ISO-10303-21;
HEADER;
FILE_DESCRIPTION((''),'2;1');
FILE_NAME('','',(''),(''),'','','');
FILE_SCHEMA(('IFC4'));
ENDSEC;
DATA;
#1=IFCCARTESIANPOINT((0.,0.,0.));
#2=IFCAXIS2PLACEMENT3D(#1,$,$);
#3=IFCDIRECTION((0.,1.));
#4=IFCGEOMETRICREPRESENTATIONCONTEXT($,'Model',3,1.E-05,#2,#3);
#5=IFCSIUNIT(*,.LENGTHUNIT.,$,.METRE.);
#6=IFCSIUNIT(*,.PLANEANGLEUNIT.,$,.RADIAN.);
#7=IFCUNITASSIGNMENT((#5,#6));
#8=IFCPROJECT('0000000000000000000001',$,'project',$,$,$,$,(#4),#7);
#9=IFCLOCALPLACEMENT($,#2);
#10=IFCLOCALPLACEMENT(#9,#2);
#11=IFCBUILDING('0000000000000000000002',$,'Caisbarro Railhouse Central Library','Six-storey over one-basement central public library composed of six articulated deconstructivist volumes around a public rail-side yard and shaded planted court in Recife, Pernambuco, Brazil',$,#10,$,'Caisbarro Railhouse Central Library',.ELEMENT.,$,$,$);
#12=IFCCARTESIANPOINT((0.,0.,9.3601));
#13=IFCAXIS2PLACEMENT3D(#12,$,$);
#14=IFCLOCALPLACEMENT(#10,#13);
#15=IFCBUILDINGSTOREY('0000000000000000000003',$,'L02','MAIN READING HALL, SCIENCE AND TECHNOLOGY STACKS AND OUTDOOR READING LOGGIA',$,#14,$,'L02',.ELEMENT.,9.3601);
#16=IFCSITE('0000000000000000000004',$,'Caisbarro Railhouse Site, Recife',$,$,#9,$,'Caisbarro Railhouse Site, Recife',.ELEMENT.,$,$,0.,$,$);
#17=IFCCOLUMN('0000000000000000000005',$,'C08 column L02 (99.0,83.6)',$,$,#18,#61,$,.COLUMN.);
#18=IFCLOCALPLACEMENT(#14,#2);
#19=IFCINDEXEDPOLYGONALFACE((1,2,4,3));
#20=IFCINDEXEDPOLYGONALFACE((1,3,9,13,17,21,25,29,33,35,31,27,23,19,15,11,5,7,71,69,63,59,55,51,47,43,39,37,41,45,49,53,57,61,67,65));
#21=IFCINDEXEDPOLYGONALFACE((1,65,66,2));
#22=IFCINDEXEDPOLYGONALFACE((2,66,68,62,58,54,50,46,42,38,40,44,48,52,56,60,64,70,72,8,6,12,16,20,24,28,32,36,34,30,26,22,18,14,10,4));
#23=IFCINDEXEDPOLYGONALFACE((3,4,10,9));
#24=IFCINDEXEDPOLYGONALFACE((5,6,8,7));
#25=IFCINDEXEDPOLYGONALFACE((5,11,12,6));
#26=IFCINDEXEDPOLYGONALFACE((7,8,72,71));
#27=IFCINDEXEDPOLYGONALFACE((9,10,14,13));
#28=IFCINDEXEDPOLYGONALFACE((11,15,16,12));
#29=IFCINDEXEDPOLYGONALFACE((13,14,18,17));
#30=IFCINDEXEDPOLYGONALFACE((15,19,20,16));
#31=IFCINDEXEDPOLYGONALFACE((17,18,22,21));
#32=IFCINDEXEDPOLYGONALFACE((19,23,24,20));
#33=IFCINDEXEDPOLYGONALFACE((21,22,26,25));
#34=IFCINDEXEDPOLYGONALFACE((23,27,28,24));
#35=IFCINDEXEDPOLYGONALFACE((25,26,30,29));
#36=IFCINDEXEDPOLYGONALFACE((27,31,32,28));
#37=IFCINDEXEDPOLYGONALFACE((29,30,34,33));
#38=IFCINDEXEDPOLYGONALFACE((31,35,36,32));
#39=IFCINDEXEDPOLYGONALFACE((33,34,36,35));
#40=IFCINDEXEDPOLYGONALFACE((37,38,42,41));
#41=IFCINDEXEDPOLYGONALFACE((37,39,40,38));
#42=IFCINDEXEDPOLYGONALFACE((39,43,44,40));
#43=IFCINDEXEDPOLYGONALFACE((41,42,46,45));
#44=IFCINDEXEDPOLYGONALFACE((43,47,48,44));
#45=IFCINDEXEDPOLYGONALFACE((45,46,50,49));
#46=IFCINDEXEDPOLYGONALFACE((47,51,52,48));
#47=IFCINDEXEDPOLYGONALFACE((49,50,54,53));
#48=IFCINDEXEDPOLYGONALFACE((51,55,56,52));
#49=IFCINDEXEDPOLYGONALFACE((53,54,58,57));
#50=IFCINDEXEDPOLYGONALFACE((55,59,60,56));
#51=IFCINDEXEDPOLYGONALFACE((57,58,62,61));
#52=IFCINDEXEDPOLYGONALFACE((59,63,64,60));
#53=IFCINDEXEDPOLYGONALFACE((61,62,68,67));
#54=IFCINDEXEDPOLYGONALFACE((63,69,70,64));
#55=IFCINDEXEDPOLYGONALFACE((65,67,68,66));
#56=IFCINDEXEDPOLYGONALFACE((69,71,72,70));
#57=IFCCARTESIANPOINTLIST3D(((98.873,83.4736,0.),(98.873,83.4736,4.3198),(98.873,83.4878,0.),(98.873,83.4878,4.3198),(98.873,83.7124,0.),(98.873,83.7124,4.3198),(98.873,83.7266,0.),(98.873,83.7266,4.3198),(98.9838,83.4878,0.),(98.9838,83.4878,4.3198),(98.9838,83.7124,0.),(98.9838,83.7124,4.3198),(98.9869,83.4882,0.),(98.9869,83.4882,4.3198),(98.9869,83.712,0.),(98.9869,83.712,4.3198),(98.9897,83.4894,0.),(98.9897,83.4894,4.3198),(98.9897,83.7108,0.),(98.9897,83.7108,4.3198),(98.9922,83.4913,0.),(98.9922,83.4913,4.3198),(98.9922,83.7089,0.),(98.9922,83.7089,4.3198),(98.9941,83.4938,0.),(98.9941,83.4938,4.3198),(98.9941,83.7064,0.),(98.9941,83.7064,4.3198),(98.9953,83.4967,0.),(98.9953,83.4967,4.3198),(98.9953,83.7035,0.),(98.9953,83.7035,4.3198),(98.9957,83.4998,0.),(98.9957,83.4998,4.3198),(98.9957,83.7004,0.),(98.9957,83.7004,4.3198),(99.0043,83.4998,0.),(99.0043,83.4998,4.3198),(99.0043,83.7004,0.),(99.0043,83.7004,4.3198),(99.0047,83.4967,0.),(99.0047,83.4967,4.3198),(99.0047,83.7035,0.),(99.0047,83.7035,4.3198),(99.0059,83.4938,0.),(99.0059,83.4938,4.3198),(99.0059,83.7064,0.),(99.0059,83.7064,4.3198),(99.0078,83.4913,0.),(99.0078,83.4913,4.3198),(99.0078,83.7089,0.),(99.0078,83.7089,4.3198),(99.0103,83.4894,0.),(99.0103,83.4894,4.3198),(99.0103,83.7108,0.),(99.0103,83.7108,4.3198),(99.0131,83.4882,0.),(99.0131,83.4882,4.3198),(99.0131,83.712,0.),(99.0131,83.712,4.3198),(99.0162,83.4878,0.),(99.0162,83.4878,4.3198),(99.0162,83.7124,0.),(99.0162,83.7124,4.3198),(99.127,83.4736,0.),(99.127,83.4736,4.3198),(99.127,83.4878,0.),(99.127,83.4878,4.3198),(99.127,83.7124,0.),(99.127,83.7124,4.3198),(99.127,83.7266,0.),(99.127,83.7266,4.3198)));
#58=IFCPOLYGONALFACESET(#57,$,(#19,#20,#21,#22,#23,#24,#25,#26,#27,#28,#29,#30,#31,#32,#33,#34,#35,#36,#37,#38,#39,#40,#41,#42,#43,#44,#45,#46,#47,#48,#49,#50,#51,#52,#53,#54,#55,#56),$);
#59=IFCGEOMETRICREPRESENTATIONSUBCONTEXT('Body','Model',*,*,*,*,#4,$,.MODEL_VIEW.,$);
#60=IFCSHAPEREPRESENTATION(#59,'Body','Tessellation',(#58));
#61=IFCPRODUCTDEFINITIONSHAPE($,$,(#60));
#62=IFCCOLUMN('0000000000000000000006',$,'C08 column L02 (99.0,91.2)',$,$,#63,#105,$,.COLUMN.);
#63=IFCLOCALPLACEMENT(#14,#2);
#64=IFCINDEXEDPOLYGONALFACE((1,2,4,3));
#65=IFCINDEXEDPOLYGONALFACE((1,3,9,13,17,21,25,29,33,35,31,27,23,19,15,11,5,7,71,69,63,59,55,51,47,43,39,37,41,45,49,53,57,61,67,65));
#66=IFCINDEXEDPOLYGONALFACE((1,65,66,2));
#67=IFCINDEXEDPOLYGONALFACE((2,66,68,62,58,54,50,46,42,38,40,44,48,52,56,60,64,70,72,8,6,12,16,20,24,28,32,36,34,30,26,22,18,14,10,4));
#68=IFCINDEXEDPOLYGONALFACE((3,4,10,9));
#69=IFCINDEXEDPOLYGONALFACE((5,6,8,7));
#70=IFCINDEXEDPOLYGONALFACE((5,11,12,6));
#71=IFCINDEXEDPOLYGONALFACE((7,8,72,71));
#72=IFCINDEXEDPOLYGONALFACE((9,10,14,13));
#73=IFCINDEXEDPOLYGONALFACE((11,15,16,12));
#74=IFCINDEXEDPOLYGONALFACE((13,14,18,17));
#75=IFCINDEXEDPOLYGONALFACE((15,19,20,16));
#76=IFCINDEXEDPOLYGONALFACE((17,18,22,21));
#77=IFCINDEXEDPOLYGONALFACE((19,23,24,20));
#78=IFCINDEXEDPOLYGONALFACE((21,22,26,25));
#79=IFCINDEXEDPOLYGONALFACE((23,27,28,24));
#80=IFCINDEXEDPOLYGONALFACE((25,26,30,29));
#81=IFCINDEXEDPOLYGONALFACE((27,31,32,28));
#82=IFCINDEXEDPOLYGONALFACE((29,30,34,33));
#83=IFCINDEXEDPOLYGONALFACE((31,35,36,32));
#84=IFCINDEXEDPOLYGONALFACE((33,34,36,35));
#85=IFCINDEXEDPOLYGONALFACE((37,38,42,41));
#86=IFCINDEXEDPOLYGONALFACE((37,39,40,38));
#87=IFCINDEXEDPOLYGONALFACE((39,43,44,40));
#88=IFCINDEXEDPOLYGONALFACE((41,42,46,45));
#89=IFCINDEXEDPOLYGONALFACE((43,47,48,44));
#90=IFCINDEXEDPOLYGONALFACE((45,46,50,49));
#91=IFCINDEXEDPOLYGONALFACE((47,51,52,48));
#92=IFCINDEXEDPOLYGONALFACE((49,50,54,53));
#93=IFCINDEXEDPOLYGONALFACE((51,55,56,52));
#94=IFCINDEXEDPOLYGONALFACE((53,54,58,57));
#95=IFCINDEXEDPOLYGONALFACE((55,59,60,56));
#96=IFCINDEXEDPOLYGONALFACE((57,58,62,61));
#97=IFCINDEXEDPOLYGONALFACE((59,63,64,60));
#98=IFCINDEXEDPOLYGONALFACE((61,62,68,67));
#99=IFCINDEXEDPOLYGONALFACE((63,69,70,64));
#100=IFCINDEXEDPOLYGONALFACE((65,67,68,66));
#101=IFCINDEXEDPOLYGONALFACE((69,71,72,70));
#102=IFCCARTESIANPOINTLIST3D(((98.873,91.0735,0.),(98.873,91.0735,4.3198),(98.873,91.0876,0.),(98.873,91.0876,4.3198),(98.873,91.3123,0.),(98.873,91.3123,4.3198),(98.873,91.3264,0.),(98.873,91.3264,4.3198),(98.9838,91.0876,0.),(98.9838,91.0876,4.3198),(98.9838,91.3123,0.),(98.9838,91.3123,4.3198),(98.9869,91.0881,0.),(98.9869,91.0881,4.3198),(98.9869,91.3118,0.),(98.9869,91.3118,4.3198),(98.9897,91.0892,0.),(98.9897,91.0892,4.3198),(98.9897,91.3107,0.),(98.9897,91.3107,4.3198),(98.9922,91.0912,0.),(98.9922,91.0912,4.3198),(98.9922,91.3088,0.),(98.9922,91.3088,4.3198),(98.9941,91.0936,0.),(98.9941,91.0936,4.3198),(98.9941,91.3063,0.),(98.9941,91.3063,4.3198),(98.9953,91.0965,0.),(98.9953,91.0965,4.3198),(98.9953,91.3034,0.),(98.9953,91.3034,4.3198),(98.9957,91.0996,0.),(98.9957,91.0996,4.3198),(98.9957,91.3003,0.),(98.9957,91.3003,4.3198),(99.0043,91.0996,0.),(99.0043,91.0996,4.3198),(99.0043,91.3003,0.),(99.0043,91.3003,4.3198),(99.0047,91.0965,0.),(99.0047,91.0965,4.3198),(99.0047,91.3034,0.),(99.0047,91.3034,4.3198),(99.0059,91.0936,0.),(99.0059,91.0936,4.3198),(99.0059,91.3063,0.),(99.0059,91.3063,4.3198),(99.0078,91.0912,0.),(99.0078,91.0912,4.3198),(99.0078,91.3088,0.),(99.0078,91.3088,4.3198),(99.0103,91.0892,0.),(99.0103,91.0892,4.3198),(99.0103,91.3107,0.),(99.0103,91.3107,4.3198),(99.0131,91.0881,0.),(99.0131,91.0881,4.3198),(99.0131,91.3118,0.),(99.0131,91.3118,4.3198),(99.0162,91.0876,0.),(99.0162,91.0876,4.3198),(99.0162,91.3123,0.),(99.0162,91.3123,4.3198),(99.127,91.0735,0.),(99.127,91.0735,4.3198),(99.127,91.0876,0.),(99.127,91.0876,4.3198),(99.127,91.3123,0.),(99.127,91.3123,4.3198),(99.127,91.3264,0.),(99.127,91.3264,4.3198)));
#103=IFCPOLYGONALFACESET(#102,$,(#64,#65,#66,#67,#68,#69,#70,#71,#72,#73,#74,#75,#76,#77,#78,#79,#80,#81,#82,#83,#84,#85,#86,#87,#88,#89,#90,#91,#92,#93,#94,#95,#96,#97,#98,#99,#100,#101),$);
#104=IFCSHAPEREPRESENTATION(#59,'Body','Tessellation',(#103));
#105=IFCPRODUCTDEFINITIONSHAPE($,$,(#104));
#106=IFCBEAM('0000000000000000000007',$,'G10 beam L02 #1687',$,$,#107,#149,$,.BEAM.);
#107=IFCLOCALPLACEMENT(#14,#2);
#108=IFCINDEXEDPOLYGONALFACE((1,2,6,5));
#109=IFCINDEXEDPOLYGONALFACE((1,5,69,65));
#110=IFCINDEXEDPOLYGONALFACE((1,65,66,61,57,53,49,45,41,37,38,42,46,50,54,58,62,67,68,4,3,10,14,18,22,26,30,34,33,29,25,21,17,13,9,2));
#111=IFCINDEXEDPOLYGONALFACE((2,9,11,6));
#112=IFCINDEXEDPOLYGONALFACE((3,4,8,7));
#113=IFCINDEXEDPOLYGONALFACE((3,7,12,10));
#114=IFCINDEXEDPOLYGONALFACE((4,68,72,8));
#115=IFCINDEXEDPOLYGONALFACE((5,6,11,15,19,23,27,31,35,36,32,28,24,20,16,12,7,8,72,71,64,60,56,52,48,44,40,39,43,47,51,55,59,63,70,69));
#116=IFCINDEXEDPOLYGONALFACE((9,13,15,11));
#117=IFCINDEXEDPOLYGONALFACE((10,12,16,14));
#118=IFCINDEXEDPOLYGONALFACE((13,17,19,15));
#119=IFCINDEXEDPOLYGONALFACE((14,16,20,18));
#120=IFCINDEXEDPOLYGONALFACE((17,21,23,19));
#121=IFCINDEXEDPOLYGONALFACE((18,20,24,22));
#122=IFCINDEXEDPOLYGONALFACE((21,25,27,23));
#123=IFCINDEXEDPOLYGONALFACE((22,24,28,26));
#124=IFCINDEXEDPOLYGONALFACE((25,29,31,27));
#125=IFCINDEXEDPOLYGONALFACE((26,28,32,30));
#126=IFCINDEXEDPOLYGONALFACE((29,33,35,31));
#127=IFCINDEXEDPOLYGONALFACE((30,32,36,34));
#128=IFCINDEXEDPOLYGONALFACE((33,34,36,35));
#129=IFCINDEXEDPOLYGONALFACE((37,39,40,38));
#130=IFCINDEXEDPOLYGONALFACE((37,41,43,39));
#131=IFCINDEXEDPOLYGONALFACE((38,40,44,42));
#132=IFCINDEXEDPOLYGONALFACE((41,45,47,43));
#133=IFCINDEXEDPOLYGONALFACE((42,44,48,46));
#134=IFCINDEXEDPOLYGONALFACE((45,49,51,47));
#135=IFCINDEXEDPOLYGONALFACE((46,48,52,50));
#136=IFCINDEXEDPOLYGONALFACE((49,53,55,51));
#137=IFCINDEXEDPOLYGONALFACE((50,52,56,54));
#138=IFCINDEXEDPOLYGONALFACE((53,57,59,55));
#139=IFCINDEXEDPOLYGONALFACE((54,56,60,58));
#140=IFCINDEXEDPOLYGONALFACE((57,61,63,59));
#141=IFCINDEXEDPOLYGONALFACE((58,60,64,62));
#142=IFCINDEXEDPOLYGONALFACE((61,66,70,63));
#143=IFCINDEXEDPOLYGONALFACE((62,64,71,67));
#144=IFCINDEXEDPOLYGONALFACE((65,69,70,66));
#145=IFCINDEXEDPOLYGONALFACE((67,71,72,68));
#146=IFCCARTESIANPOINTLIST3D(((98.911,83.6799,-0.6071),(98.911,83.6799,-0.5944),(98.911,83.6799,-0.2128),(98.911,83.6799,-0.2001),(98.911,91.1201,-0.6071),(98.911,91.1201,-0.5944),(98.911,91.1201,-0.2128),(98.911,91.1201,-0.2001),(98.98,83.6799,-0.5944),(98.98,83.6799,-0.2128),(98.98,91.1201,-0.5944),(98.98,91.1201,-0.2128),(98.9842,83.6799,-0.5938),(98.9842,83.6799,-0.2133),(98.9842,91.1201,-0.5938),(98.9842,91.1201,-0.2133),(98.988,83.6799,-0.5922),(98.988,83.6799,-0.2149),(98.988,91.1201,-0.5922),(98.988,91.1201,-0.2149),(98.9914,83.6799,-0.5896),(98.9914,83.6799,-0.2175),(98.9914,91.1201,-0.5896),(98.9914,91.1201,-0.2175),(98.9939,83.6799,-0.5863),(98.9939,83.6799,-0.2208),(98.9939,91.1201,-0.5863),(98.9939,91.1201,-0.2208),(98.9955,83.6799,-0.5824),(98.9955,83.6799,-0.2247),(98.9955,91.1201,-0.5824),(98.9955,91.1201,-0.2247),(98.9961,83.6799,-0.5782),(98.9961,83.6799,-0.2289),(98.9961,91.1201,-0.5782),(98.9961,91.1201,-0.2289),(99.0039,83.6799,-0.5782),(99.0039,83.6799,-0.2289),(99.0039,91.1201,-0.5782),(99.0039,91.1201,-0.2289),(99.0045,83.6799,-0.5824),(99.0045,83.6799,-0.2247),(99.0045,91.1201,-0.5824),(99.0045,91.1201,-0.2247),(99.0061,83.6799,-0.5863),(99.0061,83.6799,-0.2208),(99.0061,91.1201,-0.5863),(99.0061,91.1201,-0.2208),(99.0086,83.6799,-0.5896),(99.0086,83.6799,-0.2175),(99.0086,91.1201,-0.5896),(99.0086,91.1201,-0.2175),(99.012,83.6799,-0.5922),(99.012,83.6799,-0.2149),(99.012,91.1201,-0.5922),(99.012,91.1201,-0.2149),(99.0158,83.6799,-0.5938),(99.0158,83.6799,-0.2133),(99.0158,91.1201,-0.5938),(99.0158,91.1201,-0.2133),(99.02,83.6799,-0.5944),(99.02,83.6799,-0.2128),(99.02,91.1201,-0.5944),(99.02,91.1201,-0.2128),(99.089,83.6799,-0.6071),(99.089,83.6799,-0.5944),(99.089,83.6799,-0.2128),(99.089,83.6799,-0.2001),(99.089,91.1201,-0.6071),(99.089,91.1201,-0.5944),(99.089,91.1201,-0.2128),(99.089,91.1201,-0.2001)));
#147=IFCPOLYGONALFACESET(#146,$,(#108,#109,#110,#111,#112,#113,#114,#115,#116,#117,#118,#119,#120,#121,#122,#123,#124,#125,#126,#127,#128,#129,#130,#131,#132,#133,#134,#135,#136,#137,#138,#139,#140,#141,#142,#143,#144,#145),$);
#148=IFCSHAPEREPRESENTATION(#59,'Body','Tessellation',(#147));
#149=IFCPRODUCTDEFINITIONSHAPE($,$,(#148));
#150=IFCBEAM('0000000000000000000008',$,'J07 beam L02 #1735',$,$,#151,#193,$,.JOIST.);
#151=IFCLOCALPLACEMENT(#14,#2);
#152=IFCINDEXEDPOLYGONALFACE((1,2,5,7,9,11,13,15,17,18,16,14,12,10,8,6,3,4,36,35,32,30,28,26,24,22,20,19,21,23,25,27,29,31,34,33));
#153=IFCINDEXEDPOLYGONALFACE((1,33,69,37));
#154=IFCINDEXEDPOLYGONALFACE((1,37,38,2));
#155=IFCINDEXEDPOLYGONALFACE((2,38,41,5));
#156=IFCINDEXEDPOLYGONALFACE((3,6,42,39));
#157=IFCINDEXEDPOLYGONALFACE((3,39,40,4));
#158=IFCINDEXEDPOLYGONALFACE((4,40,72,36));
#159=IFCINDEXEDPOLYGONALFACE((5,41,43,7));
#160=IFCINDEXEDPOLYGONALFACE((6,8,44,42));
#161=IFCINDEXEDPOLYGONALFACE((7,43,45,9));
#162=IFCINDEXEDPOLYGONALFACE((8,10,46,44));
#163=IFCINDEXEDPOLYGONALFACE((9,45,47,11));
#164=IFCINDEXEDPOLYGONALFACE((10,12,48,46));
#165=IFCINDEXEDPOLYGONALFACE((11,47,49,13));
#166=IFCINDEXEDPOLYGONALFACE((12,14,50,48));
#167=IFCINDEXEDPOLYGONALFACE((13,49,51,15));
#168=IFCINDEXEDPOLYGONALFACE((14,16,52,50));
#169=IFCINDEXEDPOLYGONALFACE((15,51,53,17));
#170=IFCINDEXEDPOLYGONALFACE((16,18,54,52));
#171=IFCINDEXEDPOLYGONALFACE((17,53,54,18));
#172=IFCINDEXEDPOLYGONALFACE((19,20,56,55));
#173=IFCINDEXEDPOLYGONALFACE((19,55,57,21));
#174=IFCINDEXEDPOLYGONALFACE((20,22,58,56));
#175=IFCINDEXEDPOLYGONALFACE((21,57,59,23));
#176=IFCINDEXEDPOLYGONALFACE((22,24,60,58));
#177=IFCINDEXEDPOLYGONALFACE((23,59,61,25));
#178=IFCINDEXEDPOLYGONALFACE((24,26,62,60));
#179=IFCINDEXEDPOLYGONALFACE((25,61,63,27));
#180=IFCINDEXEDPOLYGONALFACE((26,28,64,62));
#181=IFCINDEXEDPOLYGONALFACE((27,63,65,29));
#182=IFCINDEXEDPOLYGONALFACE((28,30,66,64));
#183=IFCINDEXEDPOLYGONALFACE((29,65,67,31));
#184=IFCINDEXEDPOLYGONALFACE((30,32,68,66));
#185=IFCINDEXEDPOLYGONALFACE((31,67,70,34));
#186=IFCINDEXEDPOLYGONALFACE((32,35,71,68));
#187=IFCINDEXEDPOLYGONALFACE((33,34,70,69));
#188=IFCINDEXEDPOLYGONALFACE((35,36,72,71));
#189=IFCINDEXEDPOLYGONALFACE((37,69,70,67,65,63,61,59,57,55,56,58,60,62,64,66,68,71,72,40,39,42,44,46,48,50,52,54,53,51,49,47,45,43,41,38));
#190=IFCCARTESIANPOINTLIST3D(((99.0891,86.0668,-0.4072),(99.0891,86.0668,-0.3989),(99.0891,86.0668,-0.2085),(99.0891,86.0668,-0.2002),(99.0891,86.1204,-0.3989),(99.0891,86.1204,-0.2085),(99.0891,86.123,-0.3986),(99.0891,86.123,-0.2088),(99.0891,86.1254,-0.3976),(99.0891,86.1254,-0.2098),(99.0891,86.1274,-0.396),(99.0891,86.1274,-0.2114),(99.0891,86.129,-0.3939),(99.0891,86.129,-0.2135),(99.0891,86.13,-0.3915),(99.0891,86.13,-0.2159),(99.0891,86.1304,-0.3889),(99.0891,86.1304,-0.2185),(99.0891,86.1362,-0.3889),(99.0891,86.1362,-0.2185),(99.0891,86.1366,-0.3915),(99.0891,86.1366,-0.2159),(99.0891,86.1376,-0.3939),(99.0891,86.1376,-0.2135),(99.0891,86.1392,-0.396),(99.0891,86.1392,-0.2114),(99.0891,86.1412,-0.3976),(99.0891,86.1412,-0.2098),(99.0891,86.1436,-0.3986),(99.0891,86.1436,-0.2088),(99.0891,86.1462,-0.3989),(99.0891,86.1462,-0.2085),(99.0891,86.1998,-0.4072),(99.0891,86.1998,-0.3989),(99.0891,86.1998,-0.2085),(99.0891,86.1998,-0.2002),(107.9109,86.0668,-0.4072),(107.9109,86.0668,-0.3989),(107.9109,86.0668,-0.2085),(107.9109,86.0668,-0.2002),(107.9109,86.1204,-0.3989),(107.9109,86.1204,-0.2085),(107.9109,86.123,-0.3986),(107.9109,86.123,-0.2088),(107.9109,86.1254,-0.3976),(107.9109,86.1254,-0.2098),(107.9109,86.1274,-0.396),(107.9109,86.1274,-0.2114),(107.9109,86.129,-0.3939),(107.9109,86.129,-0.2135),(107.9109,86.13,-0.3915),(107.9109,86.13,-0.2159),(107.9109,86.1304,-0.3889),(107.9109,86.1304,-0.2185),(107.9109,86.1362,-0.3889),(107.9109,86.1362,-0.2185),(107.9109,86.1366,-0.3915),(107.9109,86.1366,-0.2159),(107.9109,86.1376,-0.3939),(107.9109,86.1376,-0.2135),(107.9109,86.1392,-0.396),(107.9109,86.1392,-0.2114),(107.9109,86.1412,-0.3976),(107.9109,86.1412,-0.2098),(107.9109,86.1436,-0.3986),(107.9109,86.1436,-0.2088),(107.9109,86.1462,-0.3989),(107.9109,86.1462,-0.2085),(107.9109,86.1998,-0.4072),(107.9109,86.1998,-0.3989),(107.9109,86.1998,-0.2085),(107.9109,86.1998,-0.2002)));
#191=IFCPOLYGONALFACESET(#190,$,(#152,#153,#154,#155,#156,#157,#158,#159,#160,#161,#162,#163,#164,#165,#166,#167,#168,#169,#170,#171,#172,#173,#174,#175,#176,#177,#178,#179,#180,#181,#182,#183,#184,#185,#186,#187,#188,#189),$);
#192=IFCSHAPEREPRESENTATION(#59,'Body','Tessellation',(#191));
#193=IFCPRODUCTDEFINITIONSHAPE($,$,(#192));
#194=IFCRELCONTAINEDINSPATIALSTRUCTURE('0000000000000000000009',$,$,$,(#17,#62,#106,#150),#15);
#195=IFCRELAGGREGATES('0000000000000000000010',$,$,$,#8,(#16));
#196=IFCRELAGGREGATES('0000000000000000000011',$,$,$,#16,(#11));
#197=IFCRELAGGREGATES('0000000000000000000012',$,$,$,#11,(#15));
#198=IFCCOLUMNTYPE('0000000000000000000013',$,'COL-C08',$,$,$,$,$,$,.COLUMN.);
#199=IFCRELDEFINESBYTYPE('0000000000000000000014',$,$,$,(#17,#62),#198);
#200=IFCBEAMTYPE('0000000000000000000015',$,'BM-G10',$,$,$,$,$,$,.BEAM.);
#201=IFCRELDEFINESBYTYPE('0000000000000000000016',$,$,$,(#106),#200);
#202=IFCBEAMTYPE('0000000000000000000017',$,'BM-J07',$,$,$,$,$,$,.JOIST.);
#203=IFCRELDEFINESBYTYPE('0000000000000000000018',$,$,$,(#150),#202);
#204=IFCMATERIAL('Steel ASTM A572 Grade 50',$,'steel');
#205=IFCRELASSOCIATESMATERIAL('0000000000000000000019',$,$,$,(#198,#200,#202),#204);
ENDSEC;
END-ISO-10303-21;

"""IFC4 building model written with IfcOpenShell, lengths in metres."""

from ifc_helpers import new_model, si_unit, direction, frame, origin, origin_2d, place, context, subcontext, project, spatial, i_section, extrude, material, material_profile, profile_set, type_object, element, save


model = new_model("IFC4")

# Units and contexts
model_context = context("Model", 3, precision=1e-05, world=origin(), true_north=direction((0.0, 1.0)))
body_context = subcontext(model_context, "Body", "Model", "MODEL_VIEW")
ifc_project = project(units=[si_unit("LENGTHUNIT", "METRE"), si_unit("PLANEANGLEUNIT", "RADIAN")], contexts=[model_context])

# Site, building, storey
site_placement = place(None, origin())
site = spatial("IfcSite", under=ifc_project, at=site_placement, Name="Caisbarro Railhouse Site, Recife", LongName="Caisbarro Railhouse Site, Recife", CompositionType="ELEMENT", RefElevation=0.0)
building_placement = place(site_placement, origin())
building = spatial("IfcBuilding", under=site, at=building_placement, Name="Caisbarro Railhouse Central Library", Description="Six-storey over one-basement central public library composed of six articulated deconstructivist volumes around a public rail-side yard and shaded planted court in Recife, Pernambuco, Brazil", LongName="Caisbarro Railhouse Central Library", CompositionType="ELEMENT")
storey_placement = place(building_placement, frame((0.0, 0.0, 9.3601)))
storey = spatial("IfcBuildingStorey", under=building, at=storey_placement, Name="L02", Description="MAIN READING HALL, SCIENCE AND TECHNOLOGY STACKS AND OUTDOOR READING LOGGIA", LongName="L02", CompositionType="ELEMENT", Elevation=9.3601)

# Columns
ifc_material_1 = material(Name="Steel ASTM A572 Grade 50", Category="steel")
ifc_material_profile_1 = material_profile(ifc_material_1, i_section(OverallWidth=0.2539, OverallDepth=0.2529, WebThickness=0.0085, FlangeThickness=0.0142, FilletRadius=0.012, at=origin_2d()), Name="W250X73.0")
ifc_profile_set_1 = profile_set([ifc_material_profile_1], Name="Steel ASTM A572 Grade 50")
column_type = type_object("IfcColumnType", Name="COL-C08", PredefinedType="COLUMN", material=ifc_profile_set_1)
for number, where, z_axis, x_axis, name in (
    (1, (99.0, 83.6001, 0.0), (0.0, 0.0, 1.0), (1.0, 0.0, 0.0), "C08 column L02 (99.0,83.6)"),
    (2, (99.0, 91.2, 0.0), (0.0, 0.0, 1.0), (1.0, 0.0, 0.0), "C08 column L02 (99.0,91.2)"),
):
    element("IfcColumn", number, at=place(storey_placement, frame(where, z_axis=z_axis, x_axis=x_axis)), inside=storey, type_object=column_type, Name=name, PredefinedType="COLUMN", context=body_context, shape_type="SweptSolid", body=[
        extrude(i_section(OverallWidth=0.2539, OverallDepth=0.2529, WebThickness=0.0085, FlangeThickness=0.0142, FilletRadius=0.012, at=origin_2d()), origin(), (0.0, 0.0, 1.0), 4.3198),
    ])

# Beams
ifc_material_profile_2 = material_profile(ifc_material_1, i_section(OverallWidth=0.178, OverallDepth=0.407, WebThickness=0.0078, FlangeThickness=0.0127, FilletRadius=0.0161, at=origin_2d()), Name="W410X60.0")
ifc_profile_set_2 = profile_set([ifc_material_profile_2], Name="Steel ASTM A572 Grade 50")
beam_type_1 = type_object("IfcBeamType", Name="BM-G10", PredefinedType="BEAM", material=ifc_profile_set_2)
beam_placement = place(storey_placement, frame((99.0, 83.6799, -0.4036), z_axis=(0.0, 1.0, 0.0), x_axis=(-1.0, 0.0, 0.0)))
element("IfcBeam", 3, at=beam_placement, inside=storey, type_object=beam_type_1, Name="G10 beam L02 #1687", PredefinedType="BEAM", context=body_context, shape_type="SweptSolid", body=[
    extrude(i_section(OverallWidth=0.178, OverallDepth=0.407, WebThickness=0.0078, FlangeThickness=0.0127, FilletRadius=0.0161, at=origin_2d()), origin(), (0.0, 0.0, 1.0), 7.4402),
])
ifc_material_profile_3 = material_profile(ifc_material_1, i_section(OverallWidth=0.1331, OverallDepth=0.207, WebThickness=0.0059, FlangeThickness=0.0083, FilletRadius=0.01, at=origin_2d()), Name="W200X26.6")
ifc_profile_set_3 = profile_set([ifc_material_profile_3], Name="Steel ASTM A572 Grade 50")
beam_type_2 = type_object("IfcBeamType", Name="BM-J07", PredefinedType="JOIST", material=ifc_profile_set_3)
for number, where, z_axis, x_axis, name in (
    (4, (99.0891, 86.1333, -0.3037), (1.0, 0.0, 0.0), (0.0, 1.0, 0.0), "J07 beam L02 #1735"),
):
    element("IfcBeam", number, at=place(storey_placement, frame(where, z_axis=z_axis, x_axis=x_axis)), inside=storey, type_object=beam_type_2, Name=name, PredefinedType="JOIST", context=body_context, shape_type="SweptSolid", body=[
        extrude(i_section(OverallWidth=0.1331, OverallDepth=0.207, WebThickness=0.0059, FlangeThickness=0.0083, FilletRadius=0.01, at=origin_2d()), origin(), (0.0, 0.0, 1.0), 8.8218),
    ])

save(model, "model.ifc")
